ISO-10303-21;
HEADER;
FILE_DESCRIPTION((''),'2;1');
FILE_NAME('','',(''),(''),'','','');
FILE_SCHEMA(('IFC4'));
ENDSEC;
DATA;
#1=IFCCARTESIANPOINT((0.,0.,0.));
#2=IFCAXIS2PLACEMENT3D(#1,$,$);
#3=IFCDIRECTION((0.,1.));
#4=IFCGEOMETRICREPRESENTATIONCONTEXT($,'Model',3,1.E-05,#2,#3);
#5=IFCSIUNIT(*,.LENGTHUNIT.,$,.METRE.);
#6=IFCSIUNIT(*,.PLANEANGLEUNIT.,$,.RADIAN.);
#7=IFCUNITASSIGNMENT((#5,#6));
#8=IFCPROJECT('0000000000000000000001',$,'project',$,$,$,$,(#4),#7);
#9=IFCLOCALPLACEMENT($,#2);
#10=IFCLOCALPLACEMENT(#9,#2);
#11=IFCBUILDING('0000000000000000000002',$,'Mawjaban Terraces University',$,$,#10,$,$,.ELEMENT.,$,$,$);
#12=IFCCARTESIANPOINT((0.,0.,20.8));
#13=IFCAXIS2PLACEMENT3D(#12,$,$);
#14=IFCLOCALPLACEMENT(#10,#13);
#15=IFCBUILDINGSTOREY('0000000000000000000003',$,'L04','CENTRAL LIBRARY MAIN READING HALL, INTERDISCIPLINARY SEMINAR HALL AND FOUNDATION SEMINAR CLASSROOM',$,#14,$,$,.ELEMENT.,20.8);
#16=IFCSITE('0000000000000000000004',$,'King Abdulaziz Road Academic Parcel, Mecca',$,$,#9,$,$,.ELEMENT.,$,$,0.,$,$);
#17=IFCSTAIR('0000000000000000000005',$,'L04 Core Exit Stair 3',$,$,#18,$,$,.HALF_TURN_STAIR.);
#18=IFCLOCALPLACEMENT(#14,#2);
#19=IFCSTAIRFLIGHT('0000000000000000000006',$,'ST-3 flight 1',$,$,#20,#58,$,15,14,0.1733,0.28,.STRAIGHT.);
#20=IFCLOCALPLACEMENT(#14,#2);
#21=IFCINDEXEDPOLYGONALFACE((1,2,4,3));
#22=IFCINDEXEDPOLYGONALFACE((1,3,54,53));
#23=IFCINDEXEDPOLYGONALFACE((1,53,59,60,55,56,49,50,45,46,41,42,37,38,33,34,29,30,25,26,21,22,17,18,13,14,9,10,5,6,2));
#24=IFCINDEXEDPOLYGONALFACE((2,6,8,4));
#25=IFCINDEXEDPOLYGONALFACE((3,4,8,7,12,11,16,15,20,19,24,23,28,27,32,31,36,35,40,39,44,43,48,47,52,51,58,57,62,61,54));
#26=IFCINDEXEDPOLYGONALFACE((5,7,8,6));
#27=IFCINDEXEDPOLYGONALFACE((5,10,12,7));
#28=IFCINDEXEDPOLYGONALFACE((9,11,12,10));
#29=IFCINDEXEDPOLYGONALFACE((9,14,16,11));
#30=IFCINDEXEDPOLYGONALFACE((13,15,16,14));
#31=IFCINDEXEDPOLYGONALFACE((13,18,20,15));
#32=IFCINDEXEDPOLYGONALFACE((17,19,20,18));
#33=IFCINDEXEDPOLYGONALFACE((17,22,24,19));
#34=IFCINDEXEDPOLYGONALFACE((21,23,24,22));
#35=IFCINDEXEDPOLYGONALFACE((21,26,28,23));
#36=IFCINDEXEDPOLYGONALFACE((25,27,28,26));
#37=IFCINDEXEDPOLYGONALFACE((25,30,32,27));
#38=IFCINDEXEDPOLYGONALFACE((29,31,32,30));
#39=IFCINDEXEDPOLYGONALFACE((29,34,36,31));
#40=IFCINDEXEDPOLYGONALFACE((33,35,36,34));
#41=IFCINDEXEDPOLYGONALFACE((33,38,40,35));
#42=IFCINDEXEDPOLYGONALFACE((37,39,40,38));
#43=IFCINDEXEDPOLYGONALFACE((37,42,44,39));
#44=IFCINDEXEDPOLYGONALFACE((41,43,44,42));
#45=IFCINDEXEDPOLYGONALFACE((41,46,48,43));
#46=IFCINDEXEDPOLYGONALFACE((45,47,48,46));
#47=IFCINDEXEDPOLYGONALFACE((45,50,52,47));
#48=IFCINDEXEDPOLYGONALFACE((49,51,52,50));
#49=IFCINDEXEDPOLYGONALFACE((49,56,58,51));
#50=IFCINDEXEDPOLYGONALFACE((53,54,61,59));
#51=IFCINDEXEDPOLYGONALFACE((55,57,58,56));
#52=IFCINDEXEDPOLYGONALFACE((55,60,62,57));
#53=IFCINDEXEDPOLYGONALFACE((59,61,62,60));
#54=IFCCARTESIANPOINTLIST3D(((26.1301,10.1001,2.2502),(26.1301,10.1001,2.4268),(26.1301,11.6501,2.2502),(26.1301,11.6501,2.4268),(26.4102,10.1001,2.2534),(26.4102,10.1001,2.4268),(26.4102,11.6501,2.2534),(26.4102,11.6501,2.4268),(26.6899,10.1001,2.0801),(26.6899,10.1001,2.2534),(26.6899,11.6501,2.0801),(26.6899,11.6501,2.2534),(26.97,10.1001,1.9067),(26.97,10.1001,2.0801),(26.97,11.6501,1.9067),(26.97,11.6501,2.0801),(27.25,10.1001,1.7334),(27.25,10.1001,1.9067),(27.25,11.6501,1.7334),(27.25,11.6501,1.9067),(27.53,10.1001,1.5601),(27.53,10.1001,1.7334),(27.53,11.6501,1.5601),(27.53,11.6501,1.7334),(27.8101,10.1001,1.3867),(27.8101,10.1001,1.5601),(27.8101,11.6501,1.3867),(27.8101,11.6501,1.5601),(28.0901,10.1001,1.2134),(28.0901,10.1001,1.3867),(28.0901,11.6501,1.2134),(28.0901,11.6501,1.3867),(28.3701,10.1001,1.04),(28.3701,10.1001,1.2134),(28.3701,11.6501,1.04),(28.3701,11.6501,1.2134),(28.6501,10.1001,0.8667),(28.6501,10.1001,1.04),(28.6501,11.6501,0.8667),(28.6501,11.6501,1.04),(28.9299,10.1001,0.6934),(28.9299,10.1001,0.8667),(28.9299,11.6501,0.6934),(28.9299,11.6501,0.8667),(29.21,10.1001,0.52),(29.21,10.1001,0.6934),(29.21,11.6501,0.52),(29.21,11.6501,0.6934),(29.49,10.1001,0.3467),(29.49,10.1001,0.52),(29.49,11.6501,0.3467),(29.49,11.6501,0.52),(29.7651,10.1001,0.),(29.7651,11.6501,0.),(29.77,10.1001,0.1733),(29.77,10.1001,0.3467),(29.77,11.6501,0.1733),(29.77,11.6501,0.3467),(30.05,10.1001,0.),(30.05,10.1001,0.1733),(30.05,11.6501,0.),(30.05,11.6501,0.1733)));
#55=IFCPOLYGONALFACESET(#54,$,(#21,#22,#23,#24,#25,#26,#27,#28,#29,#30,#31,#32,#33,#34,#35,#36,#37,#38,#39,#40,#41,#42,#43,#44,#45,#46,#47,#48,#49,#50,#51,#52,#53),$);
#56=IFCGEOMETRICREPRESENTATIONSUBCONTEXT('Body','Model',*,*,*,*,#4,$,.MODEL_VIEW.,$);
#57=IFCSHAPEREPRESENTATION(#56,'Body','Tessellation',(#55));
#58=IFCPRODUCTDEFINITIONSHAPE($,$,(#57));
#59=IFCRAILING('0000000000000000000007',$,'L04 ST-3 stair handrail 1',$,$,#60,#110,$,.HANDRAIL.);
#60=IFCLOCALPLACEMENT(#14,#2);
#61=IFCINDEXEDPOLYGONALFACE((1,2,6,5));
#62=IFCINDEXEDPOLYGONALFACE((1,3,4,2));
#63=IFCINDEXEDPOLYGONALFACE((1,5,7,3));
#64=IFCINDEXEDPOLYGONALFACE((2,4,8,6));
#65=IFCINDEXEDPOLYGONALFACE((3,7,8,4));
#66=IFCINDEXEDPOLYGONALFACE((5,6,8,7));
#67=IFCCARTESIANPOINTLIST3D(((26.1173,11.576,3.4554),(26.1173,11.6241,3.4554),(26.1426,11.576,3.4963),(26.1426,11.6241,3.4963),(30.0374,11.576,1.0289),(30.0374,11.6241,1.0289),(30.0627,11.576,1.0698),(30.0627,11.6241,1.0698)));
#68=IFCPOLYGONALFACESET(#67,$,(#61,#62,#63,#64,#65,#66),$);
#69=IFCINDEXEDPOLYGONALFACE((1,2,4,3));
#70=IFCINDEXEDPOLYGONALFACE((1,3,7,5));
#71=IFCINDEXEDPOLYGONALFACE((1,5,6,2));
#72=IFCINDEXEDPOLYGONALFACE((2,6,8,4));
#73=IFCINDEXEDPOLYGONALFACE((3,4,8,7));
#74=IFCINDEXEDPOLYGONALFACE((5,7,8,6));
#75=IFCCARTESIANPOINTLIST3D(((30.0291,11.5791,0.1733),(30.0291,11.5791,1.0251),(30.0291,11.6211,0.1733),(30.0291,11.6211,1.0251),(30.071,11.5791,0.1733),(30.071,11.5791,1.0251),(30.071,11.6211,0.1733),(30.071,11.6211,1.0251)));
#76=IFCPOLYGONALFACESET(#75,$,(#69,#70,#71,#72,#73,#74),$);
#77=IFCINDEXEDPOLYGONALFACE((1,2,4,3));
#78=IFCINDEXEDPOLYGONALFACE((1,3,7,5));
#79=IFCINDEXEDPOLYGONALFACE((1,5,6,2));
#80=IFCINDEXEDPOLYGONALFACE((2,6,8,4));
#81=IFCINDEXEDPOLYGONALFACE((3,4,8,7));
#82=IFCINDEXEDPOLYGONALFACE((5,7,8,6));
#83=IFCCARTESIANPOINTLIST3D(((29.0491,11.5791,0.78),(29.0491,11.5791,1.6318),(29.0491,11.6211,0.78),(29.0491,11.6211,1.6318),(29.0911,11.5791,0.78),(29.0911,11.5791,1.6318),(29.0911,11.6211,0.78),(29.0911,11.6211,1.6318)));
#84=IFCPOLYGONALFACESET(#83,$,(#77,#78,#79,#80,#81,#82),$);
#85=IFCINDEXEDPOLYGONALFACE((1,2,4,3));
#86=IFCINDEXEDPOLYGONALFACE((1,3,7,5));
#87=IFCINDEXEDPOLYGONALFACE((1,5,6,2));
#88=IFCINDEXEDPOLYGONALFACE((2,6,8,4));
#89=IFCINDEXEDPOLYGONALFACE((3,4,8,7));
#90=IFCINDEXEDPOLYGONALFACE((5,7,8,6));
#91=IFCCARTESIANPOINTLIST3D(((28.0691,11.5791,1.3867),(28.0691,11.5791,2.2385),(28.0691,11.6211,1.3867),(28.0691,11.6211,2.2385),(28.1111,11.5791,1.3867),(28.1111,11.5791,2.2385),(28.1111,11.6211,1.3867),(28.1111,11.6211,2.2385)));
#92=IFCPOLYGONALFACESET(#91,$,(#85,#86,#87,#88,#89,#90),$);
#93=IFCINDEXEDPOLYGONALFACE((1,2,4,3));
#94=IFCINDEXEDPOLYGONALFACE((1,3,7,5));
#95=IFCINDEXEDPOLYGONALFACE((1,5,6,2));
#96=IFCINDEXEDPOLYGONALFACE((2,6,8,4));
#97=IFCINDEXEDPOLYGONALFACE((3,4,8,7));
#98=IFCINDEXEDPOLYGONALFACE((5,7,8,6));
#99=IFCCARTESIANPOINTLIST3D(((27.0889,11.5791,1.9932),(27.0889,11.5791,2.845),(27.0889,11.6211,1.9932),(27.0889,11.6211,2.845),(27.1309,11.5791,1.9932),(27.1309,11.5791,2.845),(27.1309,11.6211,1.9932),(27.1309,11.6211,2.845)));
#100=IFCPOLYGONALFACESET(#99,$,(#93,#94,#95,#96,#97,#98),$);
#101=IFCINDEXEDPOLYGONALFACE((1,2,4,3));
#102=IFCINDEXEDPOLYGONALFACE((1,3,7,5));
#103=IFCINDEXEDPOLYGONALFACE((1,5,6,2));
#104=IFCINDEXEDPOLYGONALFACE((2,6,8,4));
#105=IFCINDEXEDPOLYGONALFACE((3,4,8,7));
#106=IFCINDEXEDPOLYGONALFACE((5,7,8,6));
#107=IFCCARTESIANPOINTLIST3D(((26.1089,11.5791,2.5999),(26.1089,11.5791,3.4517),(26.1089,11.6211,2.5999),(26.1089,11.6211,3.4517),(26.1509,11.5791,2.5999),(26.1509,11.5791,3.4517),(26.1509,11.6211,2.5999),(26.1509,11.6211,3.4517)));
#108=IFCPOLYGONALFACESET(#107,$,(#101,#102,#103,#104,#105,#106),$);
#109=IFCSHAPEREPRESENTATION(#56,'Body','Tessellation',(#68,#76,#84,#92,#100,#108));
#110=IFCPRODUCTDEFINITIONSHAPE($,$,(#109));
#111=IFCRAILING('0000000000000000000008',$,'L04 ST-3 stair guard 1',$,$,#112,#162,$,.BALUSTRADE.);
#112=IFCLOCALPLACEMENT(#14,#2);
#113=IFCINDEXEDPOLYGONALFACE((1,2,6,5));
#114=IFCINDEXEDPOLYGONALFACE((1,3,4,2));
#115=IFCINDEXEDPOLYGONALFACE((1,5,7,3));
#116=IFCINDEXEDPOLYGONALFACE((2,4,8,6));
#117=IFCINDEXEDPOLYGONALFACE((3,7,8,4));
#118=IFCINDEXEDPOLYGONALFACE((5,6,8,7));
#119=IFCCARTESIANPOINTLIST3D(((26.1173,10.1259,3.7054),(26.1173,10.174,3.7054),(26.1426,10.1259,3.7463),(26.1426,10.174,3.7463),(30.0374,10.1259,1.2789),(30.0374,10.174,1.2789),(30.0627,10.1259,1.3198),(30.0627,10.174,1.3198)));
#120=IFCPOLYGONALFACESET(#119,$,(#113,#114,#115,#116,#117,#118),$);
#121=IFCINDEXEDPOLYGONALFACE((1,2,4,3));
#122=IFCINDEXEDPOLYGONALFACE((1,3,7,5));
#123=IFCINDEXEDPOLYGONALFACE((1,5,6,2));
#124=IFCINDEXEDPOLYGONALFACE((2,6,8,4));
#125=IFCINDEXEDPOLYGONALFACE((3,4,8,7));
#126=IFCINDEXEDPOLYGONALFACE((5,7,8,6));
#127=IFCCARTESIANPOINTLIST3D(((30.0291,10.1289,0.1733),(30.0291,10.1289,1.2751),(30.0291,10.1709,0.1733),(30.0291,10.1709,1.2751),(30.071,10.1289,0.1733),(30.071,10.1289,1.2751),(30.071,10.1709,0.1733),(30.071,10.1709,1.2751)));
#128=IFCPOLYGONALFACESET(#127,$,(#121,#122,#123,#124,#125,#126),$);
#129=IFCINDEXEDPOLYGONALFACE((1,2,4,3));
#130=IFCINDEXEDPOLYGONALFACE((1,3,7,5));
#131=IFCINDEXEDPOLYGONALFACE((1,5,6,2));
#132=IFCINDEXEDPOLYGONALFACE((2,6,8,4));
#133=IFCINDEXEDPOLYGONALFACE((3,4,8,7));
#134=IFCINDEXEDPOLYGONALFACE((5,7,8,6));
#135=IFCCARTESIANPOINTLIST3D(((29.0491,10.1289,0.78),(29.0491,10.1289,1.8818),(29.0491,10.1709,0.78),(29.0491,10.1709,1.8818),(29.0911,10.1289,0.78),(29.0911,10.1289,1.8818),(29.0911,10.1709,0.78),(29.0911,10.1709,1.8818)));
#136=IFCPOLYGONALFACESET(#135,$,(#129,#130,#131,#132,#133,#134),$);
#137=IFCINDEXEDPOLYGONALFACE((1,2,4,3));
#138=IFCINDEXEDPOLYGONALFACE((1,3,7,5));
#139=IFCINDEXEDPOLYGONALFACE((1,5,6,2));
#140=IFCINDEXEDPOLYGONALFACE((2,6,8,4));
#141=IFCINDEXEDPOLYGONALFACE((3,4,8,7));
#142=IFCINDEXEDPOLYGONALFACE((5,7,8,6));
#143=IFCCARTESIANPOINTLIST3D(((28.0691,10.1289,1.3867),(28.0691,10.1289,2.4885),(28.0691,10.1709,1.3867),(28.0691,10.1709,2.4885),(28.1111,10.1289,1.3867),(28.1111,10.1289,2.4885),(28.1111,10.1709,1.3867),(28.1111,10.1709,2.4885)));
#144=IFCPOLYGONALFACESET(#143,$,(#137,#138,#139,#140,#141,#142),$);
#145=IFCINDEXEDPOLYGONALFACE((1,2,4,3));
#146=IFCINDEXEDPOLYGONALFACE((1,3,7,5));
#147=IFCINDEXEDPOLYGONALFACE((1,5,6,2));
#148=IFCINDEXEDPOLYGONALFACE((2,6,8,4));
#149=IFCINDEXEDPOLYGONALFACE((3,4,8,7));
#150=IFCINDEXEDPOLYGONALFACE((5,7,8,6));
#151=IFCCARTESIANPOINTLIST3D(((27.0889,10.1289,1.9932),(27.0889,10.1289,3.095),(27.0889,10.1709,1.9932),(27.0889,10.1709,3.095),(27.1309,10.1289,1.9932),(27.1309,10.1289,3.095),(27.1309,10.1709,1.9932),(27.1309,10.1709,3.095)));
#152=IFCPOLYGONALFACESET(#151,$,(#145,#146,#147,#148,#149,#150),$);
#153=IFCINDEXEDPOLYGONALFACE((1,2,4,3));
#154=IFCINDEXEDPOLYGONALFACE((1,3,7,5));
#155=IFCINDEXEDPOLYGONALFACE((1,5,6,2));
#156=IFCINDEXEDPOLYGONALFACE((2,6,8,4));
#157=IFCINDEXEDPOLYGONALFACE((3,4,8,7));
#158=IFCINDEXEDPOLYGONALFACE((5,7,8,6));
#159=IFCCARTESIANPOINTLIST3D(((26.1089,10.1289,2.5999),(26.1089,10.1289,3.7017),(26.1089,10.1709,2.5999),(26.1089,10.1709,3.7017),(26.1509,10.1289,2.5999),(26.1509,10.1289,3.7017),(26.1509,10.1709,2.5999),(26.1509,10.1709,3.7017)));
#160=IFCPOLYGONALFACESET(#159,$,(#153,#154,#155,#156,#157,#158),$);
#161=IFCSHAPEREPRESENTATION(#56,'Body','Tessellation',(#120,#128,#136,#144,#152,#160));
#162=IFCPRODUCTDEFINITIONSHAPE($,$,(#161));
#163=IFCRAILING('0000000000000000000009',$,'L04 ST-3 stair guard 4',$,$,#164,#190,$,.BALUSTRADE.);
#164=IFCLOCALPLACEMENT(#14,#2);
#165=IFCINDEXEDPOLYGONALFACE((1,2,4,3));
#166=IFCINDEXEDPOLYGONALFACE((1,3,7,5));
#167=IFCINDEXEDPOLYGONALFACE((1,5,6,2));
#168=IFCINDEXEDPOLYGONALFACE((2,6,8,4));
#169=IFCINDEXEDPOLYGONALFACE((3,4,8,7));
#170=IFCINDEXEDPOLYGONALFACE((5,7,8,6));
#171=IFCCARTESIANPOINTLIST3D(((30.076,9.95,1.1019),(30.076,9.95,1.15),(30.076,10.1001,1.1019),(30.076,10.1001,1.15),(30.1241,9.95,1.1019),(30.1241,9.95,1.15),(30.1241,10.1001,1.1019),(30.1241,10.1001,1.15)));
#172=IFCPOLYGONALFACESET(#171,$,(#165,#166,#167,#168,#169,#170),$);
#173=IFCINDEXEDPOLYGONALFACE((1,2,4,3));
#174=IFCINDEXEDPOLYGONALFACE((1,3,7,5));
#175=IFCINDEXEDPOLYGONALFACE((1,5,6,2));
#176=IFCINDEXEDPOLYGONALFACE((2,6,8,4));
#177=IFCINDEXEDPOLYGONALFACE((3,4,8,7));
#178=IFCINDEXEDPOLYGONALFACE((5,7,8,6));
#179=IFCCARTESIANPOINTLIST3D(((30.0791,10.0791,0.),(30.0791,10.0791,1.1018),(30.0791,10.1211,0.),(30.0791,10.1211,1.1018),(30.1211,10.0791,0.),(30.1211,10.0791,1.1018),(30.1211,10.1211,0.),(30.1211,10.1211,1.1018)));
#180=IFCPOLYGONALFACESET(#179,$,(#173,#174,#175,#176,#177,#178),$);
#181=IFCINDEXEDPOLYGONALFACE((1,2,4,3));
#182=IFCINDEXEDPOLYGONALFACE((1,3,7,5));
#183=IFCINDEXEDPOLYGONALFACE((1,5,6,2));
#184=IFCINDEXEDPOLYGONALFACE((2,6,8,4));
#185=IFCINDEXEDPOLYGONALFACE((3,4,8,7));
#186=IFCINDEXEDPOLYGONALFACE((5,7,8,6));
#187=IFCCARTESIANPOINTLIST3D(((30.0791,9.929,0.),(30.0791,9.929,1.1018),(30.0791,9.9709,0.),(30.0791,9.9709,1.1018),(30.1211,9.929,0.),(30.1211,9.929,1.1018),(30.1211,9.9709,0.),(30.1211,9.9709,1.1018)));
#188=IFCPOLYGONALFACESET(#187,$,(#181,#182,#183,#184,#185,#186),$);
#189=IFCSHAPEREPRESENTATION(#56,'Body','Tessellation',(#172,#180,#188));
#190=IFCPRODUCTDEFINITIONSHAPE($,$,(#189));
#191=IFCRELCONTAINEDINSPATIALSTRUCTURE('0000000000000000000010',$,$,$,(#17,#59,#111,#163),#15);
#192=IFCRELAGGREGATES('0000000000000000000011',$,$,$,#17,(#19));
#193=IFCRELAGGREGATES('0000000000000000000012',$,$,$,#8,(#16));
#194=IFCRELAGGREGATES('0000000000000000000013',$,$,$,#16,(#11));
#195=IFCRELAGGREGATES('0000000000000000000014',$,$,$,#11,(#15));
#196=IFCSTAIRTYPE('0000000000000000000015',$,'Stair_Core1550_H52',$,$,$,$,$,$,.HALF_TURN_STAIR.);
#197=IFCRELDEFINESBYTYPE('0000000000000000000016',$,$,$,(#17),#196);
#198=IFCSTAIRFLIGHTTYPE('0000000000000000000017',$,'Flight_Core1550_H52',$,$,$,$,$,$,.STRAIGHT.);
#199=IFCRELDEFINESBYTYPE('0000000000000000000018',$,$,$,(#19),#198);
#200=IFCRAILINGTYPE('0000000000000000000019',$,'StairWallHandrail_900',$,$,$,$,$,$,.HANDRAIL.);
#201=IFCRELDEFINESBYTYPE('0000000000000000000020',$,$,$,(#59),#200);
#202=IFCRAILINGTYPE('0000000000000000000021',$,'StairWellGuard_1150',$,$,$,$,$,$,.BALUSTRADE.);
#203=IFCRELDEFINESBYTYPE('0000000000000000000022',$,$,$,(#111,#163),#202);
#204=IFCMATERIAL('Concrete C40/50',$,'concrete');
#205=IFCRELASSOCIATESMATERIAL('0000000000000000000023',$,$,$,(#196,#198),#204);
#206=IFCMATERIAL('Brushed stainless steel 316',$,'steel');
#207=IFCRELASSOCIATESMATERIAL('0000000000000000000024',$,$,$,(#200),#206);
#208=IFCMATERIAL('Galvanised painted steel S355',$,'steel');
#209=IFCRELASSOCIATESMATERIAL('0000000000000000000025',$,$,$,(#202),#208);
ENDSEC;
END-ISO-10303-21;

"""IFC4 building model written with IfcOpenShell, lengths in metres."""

from ifc_helpers import new_model, si_unit, direction, frame, origin, origin_2d, place, context, subcontext, project, spatial, polyline, rectangle, outline, extrude, material, type_object, element, aggregate, save


model = new_model("IFC4")

# Units and contexts
model_context = context("Model", 3, precision=1e-05, world=origin(), true_north=direction((0.0, 1.0)))
body_context = subcontext(model_context, "Body", "Model", "MODEL_VIEW")
ifc_project = project(units=[si_unit("LENGTHUNIT", "METRE"), si_unit("PLANEANGLEUNIT", "RADIAN")], contexts=[model_context])

# Site, building, storey
site_placement = place(None, origin())
site = spatial("IfcSite", under=ifc_project, at=site_placement, Name="King Abdulaziz Road Academic Parcel, Mecca", CompositionType="ELEMENT", RefElevation=0.0)
building_placement = place(site_placement, origin())
building = spatial("IfcBuilding", under=site, at=building_placement, Name="Mawjaban Terraces University", CompositionType="ELEMENT")
storey_placement = place(building_placement, frame((0.0, 0.0, 20.8)))
storey = spatial("IfcBuildingStorey", under=building, at=storey_placement, Name="L04", Description="CENTRAL LIBRARY MAIN READING HALL, INTERDISCIPLINARY SEMINAR HALL AND FOUNDATION SEMINAR CLASSROOM", CompositionType="ELEMENT", Elevation=20.8)

# Shared definitions
ifc_material_1 = material(Name="Concrete C40/50", Category="concrete")

# Stair, stair flight
stair_type = type_object("IfcStairType", Name="Stair_Core1550_H52", PredefinedType="HALF_TURN_STAIR", material=ifc_material_1)
stair_placement = place(storey_placement, origin())
stair = element("IfcStair", 1, at=stair_placement, inside=storey, type_object=stair_type, Name="L04 Core Exit Stair 3", PredefinedType="HALF_TURN_STAIR")
stair_flight_type = type_object("IfcStairFlightType", Name="Flight_Core1550_H52", PredefinedType="STRAIGHT", material=ifc_material_1)
stair_flight_placement = place(storey_placement, frame((30.05, 10.875, 0.0), z_axis=(0.0, 0.0, 1.0), x_axis=(-1.0, 0.0, 0.0)))
stair_flight = element("IfcStairFlight", 2, at=stair_flight_placement, type_object=stair_flight_type, Name="ST-3 flight 1", NumberOfRisers=15, NumberOfTreads=14, PredefinedType="STRAIGHT", RiserHeight=0.1733, TreadLength=0.28, context=body_context, shape_type="SweptSolid", body=[
    extrude(outline(polyline([(0.0, 0.0), (0.0, 0.1733), (0.28, 0.1733), (0.28, 0.3467), (0.5601, 0.3467), (0.5601, 0.52), (0.8401, 0.52), (0.8401, 0.6934), (1.1201, 0.6934), (1.1201, 0.8667), (1.3999, 0.8667), (1.3999, 1.04), (1.6799, 1.04), (1.6799, 1.2134), (1.96, 1.2134), (1.96, 1.3867), (2.24, 1.3867), (2.24, 1.5601), (2.52, 1.5601), (2.52, 1.7334), (2.8, 1.7334), (2.8, 1.9067), (3.0801, 1.9067), (3.0801, 2.0801), (3.3601, 2.0801), (3.3601, 2.2534), (3.6399, 2.2534), (3.6399, 2.4268), (3.9199, 2.4268), (3.9199, 2.6001), (3.9199, 2.2502), (0.2849, 0.0), (0.0, 0.0)])), frame((0.0, 0.7749, 0.0), z_axis=(0.0, -1.0, 0.0), x_axis=(1.0, 0.0, 0.0)), (0.0, 0.0, 1.0), 1.55),
])
aggregate(stair, [stair_flight])

# Railings
ifc_material_2 = material(Name="Brushed stainless steel 316", Category="steel")
railing_type_1 = type_object("IfcRailingType", Name="StairWallHandrail_900", PredefinedType="HANDRAIL", material=ifc_material_2)
railing_1_placement = place(storey_placement, frame((30.05, 11.6001, 0.1733)))
element("IfcRailing", 3, at=railing_1_placement, inside=storey, type_object=railing_type_1, Name="L04 ST-3 stair handrail 1", PredefinedType="HANDRAIL", context=body_context, shape_type="SweptSolid", body=[
    extrude(rectangle(XDim=0.0481, YDim=0.0481, at=origin_2d()), frame((0.0, 0.0, 0.876), z_axis=(-0.85029, 0.0, 0.526315), x_axis=(0.0, -1.0, 0.0)), (0.0, 0.0, 1.0), 4.6104),
    extrude(rectangle(XDim=0.042, YDim=0.042, at=origin_2d()), origin(), (0.0, 0.0, 1.0), 0.8518),
    extrude(rectangle(XDim=0.042, YDim=0.042, at=origin_2d()), frame((-0.98, 0.0, 0.6067)), (0.0, 0.0, 1.0), 0.8518),
    extrude(rectangle(XDim=0.042, YDim=0.042, at=origin_2d()), frame((-1.96, 0.0, 1.2134)), (0.0, 0.0, 1.0), 0.8518),
    extrude(rectangle(XDim=0.042, YDim=0.042, at=origin_2d()), frame((-2.9402, 0.0, 1.8198)), (0.0, 0.0, 1.0), 0.8518),
    extrude(rectangle(XDim=0.042, YDim=0.042, at=origin_2d()), frame((-3.9202, 0.0, 2.4265)), (0.0, 0.0, 1.0), 0.8518),
])
ifc_material_3 = material(Name="Galvanised painted steel S355", Category="steel")
railing_type_2 = type_object("IfcRailingType", Name="StairWellGuard_1150", PredefinedType="BALUSTRADE", material=ifc_material_3)
railing_2_placement = place(storey_placement, frame((30.05, 10.1499, 0.1733)))
element("IfcRailing", 4, at=railing_2_placement, inside=storey, type_object=railing_type_2, Name="L04 ST-3 stair guard 1", PredefinedType="BALUSTRADE", context=body_context, shape_type="SweptSolid", body=[
    extrude(rectangle(XDim=0.0481, YDim=0.0481, at=origin_2d()), frame((0.0, 0.0, 1.126), z_axis=(-0.85029, 0.0, 0.526315), x_axis=(0.0, -1.0, 0.0)), (0.0, 0.0, 1.0), 4.6104),
    extrude(rectangle(XDim=0.042, YDim=0.042, at=origin_2d()), origin(), (0.0, 0.0, 1.0), 1.1018),
    extrude(rectangle(XDim=0.042, YDim=0.042, at=origin_2d()), frame((-0.98, 0.0, 0.6067)), (0.0, 0.0, 1.0), 1.1018),
    extrude(rectangle(XDim=0.042, YDim=0.042, at=origin_2d()), frame((-1.96, 0.0, 1.2134)), (0.0, 0.0, 1.0), 1.1018),
    extrude(rectangle(XDim=0.042, YDim=0.042, at=origin_2d()), frame((-2.9402, 0.0, 1.8198)), (0.0, 0.0, 1.0), 1.1018),
    extrude(rectangle(XDim=0.042, YDim=0.042, at=origin_2d()), frame((-3.9202, 0.0, 2.4265)), (0.0, 0.0, 1.0), 1.1018),
])
railing_3_placement = place(storey_placement, frame((30.1001, 10.1001, 0.0)))
element("IfcRailing", 5, at=railing_3_placement, inside=storey, type_object=railing_type_2, Name="L04 ST-3 stair guard 4", PredefinedType="BALUSTRADE", context=body_context, shape_type="SweptSolid", body=[
    extrude(rectangle(XDim=0.0481, YDim=0.0481, at=origin_2d()), frame((0.0, 0.0, 1.126), z_axis=(0.0, -1.0, 0.0), x_axis=(1.0, 0.0, 0.0)), (0.0, 0.0, 1.0), 0.1501),
    extrude(rectangle(XDim=0.042, YDim=0.042, at=origin_2d()), origin(), (0.0, 0.0, 1.0), 1.1018),
    extrude(rectangle(XDim=0.042, YDim=0.042, at=origin_2d()), frame((0.0, -0.1501, 0.0)), (0.0, 0.0, 1.0), 1.1018),
])

save(model, "model.ifc")
